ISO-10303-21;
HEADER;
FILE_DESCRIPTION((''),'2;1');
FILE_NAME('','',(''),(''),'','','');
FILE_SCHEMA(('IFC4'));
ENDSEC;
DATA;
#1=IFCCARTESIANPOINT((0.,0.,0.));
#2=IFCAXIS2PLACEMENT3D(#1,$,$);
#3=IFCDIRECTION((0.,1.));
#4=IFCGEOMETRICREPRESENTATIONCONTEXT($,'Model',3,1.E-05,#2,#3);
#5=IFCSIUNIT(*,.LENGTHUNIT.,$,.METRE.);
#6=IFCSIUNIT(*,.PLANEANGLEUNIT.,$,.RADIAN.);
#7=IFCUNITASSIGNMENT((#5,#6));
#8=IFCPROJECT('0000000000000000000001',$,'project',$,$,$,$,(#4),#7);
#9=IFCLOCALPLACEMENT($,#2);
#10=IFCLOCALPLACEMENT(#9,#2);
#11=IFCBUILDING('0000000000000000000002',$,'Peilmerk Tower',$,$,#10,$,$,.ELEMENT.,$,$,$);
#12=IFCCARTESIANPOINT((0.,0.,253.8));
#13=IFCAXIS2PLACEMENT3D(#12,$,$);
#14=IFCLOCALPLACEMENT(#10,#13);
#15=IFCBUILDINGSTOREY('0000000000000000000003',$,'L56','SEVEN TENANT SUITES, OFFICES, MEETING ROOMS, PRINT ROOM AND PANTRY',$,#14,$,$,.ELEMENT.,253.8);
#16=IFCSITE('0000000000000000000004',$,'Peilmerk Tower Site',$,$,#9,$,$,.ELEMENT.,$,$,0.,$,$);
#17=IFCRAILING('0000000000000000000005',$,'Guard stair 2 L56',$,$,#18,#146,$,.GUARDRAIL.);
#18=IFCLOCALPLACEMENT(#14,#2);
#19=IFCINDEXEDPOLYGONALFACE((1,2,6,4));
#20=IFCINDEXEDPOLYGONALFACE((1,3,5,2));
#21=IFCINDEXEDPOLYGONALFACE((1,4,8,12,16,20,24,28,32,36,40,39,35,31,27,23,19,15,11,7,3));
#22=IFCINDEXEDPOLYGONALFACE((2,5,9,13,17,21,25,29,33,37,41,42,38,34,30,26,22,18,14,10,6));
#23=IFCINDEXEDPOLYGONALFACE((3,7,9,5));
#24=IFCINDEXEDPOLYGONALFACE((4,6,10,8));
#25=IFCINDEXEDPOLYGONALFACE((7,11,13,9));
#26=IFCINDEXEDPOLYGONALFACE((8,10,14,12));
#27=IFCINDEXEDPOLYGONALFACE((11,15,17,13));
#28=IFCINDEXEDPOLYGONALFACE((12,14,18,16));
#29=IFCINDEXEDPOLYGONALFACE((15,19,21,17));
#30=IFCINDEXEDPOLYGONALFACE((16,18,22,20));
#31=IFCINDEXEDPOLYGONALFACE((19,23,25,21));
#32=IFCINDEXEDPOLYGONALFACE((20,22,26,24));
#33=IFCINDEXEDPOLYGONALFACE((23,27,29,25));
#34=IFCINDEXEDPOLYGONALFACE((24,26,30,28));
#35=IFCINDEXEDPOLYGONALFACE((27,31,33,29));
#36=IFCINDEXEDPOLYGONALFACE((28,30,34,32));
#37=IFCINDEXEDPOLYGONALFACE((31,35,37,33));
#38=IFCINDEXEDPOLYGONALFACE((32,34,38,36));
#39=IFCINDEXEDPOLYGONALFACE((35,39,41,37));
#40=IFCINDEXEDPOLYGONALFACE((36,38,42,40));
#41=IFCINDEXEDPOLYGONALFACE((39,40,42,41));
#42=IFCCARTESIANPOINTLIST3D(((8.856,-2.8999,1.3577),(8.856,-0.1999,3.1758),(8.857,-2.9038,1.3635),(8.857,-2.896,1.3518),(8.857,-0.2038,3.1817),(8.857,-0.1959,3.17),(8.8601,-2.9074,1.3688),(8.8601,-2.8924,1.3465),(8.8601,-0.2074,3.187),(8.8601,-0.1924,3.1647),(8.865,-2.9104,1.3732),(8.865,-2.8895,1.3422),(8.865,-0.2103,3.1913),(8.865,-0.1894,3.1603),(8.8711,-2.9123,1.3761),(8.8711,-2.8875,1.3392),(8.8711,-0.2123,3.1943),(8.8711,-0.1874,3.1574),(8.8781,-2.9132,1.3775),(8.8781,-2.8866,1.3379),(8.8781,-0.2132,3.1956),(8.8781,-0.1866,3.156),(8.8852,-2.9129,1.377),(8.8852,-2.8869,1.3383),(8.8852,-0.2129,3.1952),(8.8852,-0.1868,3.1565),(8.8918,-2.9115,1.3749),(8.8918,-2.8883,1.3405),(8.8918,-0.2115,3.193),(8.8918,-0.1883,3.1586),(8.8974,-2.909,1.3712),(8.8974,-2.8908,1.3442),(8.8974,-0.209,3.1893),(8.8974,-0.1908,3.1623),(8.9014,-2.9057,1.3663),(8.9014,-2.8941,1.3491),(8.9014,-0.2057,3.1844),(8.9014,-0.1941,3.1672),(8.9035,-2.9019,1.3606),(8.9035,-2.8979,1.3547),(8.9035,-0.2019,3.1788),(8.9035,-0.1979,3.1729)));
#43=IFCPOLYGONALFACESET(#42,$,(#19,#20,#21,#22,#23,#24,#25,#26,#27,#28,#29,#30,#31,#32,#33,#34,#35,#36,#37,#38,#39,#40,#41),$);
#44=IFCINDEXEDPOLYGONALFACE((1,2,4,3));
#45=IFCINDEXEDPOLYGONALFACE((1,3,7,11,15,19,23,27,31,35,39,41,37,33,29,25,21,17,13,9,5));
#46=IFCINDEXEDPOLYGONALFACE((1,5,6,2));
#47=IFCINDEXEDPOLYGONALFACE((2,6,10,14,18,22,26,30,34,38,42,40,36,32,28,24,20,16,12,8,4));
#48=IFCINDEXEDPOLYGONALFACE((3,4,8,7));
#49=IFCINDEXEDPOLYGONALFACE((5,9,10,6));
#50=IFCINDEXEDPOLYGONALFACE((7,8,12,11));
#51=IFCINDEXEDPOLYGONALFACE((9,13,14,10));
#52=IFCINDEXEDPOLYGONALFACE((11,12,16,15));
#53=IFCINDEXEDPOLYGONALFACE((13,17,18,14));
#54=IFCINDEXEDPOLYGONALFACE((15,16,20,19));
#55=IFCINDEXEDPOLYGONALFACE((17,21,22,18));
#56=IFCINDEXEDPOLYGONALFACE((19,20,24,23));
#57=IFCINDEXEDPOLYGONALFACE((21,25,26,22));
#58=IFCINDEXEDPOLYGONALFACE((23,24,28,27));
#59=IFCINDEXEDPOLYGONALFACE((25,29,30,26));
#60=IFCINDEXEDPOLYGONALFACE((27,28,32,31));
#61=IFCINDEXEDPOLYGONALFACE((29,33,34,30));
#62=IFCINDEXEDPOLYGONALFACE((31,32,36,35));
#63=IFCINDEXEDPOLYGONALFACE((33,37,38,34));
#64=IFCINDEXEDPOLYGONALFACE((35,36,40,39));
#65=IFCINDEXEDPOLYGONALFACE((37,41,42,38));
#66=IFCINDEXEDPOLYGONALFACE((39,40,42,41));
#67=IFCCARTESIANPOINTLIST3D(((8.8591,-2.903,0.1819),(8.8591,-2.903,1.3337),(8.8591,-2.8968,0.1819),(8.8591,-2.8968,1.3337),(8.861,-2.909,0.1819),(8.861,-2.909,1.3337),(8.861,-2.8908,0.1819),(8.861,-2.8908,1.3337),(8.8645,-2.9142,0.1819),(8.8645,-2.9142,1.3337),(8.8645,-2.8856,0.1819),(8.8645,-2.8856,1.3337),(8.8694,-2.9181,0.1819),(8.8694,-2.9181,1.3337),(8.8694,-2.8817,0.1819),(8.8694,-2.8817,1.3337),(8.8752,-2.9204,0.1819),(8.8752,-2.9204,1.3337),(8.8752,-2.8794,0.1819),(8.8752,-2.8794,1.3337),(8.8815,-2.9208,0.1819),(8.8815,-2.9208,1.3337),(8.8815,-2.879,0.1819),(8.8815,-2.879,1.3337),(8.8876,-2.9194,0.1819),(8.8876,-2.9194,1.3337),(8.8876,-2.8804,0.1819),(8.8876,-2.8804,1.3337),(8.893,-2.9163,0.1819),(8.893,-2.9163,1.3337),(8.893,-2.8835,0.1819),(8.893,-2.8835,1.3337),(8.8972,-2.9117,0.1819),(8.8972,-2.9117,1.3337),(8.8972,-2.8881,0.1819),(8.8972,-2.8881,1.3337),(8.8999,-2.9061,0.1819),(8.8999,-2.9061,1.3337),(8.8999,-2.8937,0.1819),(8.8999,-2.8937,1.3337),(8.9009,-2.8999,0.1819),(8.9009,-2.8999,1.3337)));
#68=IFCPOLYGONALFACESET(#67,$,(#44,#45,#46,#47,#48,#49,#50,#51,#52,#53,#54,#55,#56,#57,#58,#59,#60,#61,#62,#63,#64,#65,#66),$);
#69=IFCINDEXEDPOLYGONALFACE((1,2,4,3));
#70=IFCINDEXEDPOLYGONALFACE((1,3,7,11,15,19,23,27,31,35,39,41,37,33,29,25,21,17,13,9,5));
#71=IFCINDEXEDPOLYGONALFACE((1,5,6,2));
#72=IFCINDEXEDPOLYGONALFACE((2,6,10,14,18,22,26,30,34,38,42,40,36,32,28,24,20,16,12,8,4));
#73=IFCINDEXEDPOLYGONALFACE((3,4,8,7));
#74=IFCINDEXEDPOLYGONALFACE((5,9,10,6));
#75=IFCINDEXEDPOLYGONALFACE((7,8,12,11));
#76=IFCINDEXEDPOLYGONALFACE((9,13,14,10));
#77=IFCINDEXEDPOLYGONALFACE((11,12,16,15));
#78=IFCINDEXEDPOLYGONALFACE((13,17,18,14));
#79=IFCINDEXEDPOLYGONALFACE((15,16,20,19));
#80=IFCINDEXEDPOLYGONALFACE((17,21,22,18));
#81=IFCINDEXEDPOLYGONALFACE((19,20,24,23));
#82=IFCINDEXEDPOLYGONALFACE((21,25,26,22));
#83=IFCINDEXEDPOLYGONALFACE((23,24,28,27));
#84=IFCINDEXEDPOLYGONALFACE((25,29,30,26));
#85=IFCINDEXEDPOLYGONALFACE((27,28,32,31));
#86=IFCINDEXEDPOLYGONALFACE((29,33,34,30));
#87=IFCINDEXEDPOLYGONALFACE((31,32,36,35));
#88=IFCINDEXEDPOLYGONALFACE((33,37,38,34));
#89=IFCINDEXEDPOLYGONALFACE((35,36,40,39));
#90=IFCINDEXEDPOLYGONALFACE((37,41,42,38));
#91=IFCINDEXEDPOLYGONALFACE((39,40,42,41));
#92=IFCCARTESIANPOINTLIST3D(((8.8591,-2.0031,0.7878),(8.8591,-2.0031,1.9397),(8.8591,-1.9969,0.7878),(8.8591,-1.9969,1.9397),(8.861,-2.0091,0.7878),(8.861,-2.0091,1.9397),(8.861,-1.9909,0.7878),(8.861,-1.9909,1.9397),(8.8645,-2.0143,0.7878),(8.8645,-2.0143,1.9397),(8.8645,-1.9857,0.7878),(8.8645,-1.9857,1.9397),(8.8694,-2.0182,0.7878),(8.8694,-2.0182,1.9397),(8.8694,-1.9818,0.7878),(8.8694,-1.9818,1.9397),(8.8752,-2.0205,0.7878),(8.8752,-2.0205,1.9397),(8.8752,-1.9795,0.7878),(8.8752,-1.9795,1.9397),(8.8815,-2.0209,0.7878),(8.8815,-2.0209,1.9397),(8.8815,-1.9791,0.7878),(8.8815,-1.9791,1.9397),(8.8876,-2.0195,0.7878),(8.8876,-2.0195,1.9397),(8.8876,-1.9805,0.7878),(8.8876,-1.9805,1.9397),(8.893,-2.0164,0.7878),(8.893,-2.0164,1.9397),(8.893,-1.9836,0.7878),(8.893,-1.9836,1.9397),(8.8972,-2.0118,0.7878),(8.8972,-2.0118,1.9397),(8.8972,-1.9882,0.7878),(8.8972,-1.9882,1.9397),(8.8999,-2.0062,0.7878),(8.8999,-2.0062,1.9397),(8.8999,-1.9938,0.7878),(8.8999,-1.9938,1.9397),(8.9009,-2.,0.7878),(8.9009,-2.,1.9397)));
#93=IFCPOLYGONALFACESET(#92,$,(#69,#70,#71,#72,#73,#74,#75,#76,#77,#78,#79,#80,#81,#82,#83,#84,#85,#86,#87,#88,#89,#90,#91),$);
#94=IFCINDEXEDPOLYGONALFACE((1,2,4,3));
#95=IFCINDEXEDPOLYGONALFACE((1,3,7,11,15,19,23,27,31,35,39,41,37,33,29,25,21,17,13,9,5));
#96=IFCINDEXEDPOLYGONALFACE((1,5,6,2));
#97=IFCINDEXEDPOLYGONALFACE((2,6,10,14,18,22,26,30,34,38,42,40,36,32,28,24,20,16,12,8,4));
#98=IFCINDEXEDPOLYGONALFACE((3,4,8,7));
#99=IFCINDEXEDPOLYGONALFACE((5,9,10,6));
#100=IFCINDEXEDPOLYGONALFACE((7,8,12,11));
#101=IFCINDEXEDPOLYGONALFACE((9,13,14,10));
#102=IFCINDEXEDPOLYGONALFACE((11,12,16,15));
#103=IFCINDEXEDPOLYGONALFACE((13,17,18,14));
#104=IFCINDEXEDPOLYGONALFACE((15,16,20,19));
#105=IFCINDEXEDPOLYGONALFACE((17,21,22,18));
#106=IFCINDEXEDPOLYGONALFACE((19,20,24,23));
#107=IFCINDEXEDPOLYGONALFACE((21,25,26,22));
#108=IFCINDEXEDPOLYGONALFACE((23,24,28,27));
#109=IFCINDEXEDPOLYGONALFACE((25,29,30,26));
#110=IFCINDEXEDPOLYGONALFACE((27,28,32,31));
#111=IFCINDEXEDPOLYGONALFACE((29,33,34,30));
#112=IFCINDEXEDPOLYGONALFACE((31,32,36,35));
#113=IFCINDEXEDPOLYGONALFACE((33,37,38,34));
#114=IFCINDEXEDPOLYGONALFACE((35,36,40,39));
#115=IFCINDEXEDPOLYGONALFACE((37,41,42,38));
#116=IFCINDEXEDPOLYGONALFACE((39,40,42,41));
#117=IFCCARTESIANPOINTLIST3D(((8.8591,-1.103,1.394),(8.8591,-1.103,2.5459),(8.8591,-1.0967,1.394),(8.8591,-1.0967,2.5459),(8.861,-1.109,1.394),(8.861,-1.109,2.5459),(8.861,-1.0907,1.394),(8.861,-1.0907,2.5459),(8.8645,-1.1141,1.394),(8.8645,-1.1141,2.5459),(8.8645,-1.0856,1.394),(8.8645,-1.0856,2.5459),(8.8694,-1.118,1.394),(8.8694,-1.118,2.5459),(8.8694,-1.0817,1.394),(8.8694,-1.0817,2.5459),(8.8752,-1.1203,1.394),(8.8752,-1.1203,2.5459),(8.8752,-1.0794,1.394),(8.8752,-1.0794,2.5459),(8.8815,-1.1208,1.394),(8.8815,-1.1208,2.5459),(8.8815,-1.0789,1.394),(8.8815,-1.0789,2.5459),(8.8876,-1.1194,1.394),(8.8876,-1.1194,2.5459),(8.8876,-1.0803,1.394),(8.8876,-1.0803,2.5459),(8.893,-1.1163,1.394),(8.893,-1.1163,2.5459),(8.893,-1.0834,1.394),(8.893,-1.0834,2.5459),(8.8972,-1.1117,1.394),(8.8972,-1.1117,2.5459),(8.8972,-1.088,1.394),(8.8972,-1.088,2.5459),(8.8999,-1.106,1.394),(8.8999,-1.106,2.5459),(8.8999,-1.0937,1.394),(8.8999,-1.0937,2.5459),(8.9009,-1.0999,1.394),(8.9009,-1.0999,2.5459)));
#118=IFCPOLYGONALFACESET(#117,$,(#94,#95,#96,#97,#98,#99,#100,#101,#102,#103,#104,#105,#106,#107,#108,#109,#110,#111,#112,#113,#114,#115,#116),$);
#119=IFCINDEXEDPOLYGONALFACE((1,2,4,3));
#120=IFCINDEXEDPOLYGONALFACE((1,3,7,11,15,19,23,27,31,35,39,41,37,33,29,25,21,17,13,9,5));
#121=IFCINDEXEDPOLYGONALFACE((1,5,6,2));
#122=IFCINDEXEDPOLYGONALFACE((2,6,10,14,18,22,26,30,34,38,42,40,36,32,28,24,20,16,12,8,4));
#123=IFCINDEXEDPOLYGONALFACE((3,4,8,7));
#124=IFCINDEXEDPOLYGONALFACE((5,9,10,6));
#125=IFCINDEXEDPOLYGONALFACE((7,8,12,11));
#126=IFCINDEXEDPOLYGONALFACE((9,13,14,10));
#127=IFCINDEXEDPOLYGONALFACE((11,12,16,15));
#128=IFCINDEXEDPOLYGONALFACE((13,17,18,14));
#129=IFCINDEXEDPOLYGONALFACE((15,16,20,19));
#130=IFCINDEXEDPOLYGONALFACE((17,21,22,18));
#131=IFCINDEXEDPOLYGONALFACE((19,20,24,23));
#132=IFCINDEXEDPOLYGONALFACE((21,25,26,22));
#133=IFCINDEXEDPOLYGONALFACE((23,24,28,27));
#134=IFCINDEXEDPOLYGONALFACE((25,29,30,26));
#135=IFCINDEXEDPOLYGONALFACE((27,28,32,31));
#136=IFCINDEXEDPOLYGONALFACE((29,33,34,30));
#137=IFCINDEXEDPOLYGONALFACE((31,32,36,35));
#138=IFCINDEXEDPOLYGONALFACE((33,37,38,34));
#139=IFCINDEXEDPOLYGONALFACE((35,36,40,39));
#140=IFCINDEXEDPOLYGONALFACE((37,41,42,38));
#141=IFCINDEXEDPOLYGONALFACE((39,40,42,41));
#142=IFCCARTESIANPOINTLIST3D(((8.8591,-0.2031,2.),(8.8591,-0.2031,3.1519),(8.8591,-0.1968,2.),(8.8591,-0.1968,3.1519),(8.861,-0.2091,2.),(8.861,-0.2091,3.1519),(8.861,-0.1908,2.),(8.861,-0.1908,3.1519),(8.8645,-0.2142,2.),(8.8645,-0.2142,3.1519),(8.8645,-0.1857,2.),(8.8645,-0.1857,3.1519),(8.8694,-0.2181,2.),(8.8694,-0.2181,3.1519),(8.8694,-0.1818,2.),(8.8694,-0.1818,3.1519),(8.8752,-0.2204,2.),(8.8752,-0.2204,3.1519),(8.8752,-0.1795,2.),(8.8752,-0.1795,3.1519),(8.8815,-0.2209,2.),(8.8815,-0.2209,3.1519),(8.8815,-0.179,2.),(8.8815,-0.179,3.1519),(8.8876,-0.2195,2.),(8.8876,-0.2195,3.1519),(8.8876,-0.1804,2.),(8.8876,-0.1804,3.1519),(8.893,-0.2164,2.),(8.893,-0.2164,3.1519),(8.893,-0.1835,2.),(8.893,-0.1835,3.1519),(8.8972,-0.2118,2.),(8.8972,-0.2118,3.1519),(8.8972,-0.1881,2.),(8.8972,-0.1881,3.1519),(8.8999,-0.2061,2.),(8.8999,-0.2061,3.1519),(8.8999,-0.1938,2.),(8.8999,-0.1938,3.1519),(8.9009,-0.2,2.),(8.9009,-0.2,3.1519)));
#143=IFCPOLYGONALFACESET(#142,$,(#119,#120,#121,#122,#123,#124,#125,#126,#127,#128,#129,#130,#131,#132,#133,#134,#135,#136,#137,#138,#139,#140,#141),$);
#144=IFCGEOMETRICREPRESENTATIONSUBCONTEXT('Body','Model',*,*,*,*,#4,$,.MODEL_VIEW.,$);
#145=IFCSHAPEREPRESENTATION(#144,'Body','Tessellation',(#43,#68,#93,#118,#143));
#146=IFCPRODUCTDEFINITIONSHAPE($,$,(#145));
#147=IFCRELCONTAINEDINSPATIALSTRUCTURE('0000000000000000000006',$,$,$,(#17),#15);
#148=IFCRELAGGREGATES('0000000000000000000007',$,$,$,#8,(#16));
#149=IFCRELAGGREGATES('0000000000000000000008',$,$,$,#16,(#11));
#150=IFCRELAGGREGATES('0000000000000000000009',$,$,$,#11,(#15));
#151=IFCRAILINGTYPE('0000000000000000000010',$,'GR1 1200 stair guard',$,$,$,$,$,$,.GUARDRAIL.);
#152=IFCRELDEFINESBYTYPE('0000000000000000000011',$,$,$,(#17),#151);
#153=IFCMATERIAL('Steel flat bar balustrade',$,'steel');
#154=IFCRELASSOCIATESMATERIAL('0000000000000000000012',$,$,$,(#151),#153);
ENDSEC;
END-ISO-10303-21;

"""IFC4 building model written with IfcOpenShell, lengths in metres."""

from ifc_helpers import new_model, si_unit, direction, frame, origin, origin_2d, place, context, subcontext, project, spatial, circle, extrude, material, type_object, element, save


model = new_model("IFC4")

# Units and contexts
model_context = context("Model", 3, precision=1e-05, world=origin(), true_north=direction((0.0, 1.0)))
body_context = subcontext(model_context, "Body", "Model", "MODEL_VIEW")
ifc_project = project(units=[si_unit("LENGTHUNIT", "METRE"), si_unit("PLANEANGLEUNIT", "RADIAN")], contexts=[model_context])

# Site, building, storey
site_placement = place(None, origin())
site = spatial("IfcSite", under=ifc_project, at=site_placement, Name="Peilmerk Tower Site", CompositionType="ELEMENT", RefElevation=0.0)
building_placement = place(site_placement, origin())
building = spatial("IfcBuilding", under=site, at=building_placement, Name="Peilmerk Tower", CompositionType="ELEMENT")
storey_placement = place(building_placement, frame((0.0, 0.0, 253.8)))
storey = spatial("IfcBuildingStorey", under=building, at=storey_placement, Name="L56", Description="SEVEN TENANT SUITES, OFFICES, MEETING ROOMS, PRINT ROOM AND PANTRY", CompositionType="ELEMENT", Elevation=253.8)

# Railing
ifc_material_1 = material(Name="Steel flat bar balustrade", Category="steel")
railing_type_1 = type_object("IfcRailingType", Name="GR1 1200 stair guard", PredefinedType="GUARDRAIL", material=ifc_material_1)
railing_1_placement = place(storey_placement, frame((8.8799, -2.8999, 0.1819)))
element("IfcRailing", 1, at=railing_1_placement, inside=storey, type_object=railing_type_1, Name="Guard stair 2 L56", PredefinedType="GUARDRAIL", context=body_context, shape_type="SweptSolid", body=[
    extrude(circle(Radius=0.0239, at=origin_2d()), frame((0.0, 0.0, 1.1758), z_axis=(0.0, 0.829468, 0.558554), x_axis=(-1.0, 0.0, 0.0)), (0.0, 0.0, 1.0), 3.2551),
    extrude(circle(Radius=0.021, at=origin_2d()), origin(), (0.0, 0.0, 1.0), 1.1519),
    extrude(circle(Radius=0.021, at=origin_2d()), frame((0.0, 0.8999, 0.606)), (0.0, 0.0, 1.0), 1.1519),
    extrude(circle(Radius=0.021, at=origin_2d()), frame((0.0, 1.8, 1.2122)), (0.0, 0.0, 1.0), 1.1519),
    extrude(circle(Radius=0.021, at=origin_2d()), frame((0.0, 2.7, 1.8181)), (0.0, 0.0, 1.0), 1.1519),
])

save(model, "model.ifc")
